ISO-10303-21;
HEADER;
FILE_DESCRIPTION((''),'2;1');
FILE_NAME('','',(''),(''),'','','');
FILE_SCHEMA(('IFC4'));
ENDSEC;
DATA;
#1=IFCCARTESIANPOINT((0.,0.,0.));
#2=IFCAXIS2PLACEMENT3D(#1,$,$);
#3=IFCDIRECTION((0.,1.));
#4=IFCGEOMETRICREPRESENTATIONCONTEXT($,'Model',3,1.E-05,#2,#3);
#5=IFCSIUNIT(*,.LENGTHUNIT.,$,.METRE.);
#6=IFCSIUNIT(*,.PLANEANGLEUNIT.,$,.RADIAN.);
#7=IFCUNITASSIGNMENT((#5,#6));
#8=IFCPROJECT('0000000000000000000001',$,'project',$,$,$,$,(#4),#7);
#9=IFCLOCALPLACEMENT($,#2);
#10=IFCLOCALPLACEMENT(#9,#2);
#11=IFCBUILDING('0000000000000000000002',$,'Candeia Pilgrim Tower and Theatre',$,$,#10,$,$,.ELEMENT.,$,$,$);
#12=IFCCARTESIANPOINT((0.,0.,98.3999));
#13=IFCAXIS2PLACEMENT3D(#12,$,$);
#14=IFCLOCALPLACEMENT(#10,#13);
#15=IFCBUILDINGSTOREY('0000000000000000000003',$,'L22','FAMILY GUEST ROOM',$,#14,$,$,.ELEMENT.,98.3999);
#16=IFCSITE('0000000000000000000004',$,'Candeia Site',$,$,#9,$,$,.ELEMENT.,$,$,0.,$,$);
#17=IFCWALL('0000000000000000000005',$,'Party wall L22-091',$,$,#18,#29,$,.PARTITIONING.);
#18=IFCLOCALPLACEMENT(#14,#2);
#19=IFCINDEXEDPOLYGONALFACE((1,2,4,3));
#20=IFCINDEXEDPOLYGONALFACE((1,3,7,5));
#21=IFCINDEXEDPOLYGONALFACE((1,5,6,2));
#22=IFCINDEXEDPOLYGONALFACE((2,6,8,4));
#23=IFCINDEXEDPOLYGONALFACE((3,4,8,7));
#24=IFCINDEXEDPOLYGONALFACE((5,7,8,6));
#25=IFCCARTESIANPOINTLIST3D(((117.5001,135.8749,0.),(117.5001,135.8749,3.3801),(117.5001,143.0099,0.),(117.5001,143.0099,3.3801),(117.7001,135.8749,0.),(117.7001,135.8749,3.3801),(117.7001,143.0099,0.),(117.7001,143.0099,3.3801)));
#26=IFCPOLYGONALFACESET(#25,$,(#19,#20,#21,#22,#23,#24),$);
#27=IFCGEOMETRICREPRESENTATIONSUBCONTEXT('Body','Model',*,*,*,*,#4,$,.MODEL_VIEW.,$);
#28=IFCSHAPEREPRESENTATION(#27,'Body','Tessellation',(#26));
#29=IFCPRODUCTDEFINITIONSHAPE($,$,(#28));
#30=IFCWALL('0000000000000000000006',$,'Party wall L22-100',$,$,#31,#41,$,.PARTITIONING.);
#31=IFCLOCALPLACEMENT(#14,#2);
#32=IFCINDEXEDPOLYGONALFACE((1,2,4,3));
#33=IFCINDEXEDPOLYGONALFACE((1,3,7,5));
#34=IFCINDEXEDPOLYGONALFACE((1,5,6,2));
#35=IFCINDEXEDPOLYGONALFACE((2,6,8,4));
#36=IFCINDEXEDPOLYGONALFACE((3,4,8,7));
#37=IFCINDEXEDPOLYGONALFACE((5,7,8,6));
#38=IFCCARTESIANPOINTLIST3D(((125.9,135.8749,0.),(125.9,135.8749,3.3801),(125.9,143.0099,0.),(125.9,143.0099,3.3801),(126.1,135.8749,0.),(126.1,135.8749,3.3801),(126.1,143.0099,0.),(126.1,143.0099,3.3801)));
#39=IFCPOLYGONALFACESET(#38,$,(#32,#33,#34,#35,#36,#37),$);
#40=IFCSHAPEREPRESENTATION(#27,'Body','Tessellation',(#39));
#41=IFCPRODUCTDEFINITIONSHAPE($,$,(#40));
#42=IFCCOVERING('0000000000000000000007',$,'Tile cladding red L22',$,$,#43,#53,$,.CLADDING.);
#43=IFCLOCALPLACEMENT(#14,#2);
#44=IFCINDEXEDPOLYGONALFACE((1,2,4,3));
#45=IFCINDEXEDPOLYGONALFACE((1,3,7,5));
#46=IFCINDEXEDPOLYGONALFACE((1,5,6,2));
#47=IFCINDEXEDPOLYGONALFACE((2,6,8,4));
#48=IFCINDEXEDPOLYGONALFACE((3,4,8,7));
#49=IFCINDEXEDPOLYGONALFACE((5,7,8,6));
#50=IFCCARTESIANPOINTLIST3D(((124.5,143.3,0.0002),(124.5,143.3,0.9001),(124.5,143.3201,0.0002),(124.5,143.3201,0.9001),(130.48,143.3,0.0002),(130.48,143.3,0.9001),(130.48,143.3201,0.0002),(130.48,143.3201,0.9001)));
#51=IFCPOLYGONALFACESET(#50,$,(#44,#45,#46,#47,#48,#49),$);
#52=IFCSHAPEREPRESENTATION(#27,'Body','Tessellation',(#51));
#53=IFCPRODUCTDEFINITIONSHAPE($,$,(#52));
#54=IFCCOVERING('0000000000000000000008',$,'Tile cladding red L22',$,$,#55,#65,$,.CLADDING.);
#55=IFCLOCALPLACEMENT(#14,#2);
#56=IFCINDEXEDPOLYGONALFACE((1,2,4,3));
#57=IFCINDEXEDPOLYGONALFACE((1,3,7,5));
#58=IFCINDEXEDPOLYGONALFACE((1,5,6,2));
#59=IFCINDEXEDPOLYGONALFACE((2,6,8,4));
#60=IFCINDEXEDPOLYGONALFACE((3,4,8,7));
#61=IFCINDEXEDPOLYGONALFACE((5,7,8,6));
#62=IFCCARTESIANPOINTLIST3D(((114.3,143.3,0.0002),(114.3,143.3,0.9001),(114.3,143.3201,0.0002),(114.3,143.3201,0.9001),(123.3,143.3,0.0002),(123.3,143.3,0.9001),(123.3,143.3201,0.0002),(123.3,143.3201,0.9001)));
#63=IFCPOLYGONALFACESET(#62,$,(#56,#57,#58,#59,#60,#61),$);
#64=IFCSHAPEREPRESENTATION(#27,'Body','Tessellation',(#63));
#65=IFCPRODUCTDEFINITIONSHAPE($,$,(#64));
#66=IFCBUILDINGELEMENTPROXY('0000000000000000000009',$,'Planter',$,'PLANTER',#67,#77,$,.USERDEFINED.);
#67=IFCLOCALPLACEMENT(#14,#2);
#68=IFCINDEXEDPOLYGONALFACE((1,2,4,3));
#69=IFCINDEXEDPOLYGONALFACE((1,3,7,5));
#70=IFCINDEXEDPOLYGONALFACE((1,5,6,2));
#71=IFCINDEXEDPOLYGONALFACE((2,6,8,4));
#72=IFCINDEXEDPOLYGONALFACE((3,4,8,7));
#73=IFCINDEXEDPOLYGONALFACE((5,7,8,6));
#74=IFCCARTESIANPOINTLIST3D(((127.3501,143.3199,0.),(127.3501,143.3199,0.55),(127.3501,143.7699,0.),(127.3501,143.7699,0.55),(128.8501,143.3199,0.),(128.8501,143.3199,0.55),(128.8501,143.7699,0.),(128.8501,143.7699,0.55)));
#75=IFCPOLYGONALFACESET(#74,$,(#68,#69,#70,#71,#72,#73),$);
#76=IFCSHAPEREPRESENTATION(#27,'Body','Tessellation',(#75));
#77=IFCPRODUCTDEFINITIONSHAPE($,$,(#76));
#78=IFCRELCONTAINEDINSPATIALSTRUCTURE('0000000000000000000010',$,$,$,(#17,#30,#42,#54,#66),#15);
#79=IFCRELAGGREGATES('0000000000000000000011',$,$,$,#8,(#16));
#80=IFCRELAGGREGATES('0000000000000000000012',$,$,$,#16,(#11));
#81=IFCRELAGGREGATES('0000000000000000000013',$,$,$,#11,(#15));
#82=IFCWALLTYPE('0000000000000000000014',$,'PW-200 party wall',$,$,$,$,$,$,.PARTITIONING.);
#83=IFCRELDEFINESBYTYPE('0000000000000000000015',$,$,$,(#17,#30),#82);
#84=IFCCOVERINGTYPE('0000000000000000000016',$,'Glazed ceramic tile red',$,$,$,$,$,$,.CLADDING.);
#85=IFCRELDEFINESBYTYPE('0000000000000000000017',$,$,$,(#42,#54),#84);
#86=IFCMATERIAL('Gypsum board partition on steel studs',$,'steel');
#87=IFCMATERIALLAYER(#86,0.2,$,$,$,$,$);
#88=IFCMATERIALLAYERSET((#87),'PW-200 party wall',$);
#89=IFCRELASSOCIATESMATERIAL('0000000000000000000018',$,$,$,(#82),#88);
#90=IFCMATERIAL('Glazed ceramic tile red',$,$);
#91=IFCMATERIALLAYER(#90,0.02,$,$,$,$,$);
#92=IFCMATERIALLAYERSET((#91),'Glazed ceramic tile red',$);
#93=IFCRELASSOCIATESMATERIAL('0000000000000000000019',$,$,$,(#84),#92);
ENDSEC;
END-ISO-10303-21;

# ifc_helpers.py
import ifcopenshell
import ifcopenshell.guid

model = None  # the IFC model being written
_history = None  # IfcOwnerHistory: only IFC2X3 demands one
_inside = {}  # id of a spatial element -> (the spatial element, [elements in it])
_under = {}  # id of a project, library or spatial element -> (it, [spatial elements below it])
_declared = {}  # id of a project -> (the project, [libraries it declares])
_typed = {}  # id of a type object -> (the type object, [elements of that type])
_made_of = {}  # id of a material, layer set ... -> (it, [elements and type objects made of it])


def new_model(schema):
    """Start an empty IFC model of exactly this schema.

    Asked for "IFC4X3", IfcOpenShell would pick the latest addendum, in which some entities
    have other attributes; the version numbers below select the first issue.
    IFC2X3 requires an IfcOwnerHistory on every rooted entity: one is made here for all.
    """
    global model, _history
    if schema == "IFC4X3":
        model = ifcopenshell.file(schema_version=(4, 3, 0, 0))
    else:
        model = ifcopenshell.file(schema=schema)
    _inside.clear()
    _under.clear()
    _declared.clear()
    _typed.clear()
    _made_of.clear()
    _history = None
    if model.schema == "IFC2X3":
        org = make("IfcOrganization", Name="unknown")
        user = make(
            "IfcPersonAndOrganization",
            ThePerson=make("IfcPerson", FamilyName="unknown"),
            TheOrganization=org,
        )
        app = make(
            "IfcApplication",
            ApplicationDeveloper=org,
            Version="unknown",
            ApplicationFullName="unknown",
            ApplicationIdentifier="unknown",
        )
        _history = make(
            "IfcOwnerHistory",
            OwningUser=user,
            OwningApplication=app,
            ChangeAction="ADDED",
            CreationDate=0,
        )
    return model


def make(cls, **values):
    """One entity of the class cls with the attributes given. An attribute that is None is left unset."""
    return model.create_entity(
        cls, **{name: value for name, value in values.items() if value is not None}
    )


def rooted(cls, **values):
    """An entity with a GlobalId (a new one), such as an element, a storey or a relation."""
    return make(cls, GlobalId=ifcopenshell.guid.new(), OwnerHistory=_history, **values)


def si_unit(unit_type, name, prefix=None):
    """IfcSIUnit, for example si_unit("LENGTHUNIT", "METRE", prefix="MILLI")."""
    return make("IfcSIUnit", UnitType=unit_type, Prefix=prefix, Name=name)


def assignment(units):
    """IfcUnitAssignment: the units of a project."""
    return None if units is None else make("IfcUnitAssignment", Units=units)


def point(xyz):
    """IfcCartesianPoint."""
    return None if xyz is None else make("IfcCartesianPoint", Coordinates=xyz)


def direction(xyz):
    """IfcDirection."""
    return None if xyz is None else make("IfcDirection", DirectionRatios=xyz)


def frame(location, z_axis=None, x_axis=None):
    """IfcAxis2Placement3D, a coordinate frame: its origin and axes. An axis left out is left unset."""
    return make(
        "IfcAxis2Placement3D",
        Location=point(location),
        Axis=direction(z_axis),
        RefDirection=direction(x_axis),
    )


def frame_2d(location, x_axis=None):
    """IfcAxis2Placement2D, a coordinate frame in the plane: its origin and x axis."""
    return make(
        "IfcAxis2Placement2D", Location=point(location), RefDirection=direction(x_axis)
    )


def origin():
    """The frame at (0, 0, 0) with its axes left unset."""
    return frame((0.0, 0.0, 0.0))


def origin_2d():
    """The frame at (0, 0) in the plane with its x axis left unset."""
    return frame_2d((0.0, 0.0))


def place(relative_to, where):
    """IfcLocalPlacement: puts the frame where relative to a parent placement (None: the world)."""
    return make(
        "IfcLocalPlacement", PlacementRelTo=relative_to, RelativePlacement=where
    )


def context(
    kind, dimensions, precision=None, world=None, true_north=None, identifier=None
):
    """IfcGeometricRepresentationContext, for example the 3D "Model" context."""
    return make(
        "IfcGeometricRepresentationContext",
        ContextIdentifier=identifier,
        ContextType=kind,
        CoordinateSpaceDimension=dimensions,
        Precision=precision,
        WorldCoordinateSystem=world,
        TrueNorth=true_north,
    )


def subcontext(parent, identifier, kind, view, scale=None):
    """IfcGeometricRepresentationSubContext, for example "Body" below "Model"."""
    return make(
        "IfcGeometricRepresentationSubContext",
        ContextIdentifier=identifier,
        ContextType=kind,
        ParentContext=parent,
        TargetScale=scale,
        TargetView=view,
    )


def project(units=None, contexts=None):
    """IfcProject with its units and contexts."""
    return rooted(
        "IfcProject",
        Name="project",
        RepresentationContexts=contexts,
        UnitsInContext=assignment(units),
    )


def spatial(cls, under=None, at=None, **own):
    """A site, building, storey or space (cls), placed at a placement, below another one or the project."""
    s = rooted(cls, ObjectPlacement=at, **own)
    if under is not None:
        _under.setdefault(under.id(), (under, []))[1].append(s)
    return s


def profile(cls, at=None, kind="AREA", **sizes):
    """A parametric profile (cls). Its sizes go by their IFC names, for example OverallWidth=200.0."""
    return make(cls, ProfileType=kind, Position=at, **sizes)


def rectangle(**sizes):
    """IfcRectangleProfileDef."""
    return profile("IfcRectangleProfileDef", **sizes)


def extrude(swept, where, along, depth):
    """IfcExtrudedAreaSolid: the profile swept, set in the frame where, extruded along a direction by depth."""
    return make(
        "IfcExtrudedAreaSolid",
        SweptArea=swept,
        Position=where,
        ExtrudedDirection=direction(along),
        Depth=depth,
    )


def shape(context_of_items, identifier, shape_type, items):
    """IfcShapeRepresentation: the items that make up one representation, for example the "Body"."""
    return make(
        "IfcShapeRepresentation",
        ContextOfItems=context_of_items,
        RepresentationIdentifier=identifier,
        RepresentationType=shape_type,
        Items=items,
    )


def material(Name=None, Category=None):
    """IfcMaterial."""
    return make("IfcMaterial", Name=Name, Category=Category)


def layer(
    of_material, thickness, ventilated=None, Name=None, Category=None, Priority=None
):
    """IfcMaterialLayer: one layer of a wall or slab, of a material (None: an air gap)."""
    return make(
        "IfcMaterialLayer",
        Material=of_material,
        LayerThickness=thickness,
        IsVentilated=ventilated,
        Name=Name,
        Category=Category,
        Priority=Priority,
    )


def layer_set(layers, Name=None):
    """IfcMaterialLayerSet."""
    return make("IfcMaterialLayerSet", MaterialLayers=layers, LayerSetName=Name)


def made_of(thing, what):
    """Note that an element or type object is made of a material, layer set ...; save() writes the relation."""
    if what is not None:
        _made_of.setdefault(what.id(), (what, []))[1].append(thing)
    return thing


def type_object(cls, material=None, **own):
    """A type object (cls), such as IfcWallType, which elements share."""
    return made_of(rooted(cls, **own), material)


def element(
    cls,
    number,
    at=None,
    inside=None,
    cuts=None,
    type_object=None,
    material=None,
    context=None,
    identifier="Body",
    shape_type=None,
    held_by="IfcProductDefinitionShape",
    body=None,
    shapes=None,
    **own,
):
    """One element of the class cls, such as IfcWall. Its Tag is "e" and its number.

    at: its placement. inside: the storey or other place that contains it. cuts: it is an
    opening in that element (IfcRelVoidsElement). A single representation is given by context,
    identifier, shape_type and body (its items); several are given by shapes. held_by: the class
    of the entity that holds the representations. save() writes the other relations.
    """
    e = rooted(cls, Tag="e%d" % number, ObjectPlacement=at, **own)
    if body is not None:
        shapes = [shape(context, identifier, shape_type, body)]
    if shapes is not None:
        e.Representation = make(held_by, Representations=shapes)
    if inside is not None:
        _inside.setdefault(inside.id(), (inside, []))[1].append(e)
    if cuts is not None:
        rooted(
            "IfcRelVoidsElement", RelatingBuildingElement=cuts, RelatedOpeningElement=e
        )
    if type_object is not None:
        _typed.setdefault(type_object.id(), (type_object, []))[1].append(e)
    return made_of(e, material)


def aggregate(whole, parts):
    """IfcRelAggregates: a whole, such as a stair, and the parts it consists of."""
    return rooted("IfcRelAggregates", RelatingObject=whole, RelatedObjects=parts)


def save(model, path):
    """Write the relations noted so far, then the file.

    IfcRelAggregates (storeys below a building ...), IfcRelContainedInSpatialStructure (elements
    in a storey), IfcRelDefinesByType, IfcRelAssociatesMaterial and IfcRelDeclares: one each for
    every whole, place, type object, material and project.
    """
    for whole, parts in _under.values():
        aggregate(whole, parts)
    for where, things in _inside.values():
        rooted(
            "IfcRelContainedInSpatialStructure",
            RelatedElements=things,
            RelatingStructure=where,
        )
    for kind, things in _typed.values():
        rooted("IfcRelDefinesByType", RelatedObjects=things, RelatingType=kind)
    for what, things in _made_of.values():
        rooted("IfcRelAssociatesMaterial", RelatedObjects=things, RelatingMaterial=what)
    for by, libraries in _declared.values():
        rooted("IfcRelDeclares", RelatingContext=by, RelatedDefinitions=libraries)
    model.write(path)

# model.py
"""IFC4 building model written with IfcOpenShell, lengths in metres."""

from ifc_helpers import new_model, si_unit, direction, frame, frame_2d, origin, origin_2d, place, context, subcontext, project, spatial, rectangle, extrude, material, layer, layer_set, type_object, element, save


model = new_model("IFC4")

# Units and contexts
model_context = context("Model", 3, precision=1e-05, world=origin(), true_north=direction((0.0, 1.0)))
body_context = subcontext(model_context, "Body", "Model", "MODEL_VIEW")
ifc_project = project(units=[si_unit("LENGTHUNIT", "METRE"), si_unit("PLANEANGLEUNIT", "RADIAN")], contexts=[model_context])

# Site, building, storey
site_placement = place(None, origin())
site = spatial("IfcSite", under=ifc_project, at=site_placement, Name="Candeia Site", CompositionType="ELEMENT", RefElevation=0.0)
building_placement = place(site_placement, origin())
building = spatial("IfcBuilding", under=site, at=building_placement, Name="Candeia Pilgrim Tower and Theatre", CompositionType="ELEMENT")
storey_placement = place(building_placement, frame((0.0, 0.0, 98.3999)))
storey = spatial("IfcBuildingStorey", under=building, at=storey_placement, Name="L22", Description="FAMILY GUEST ROOM", CompositionType="ELEMENT", Elevation=98.3999)

# Shared definitions
ifc_material_1 = material(Name="Gypsum board partition on steel studs", Category="steel")

# Walls
ifc_layer_1 = layer(ifc_material_1, 0.2)
ifc_layer_set_1 = layer_set([ifc_layer_1], Name="PW-200 party wall")
wall_type_1 = type_object("IfcWallType", Name="PW-200 party wall", PredefinedType="PARTITIONING", material=ifc_layer_set_1)
for number, where, z_axis, x_axis, name in (
    (1, (117.6001, 135.875, 0.0), (0.0, 0.0, 1.0), (0.0, 1.0, 0.0), "Party wall L22-091"),
    (2, (126.0, 135.875, 0.0), (0.0, 0.0, 1.0), (0.0, 1.0, 0.0), "Party wall L22-100"),
):
    element("IfcWall", number, at=place(storey_placement, frame(where, z_axis=z_axis, x_axis=x_axis)), inside=storey, type_object=wall_type_1, Name=name, PredefinedType="PARTITIONING", context=body_context, shape_type="SweptSolid", body=[
        extrude(rectangle(XDim=7.135, YDim=0.2, at=frame_2d((3.5674, 0.0))), origin(), (0.0, 0.0, 1.0), 3.3801),
    ])

# Coverings
ifc_material_2 = material(Name="Glazed ceramic tile red")
ifc_layer_2 = layer(ifc_material_2, 0.02)
ifc_layer_set_2 = layer_set([ifc_layer_2], Name="Glazed ceramic tile red")
covering_type = type_object("IfcCoveringType", Name="Glazed ceramic tile red", PredefinedType="CLADDING", material=ifc_layer_set_2)
covering_1_placement = place(storey_placement, frame((127.49, 143.3101, 0.0002), z_axis=(0.0, 0.0, 1.0), x_axis=(-1.0, 0.0, 0.0)))
element("IfcCovering", 3, at=covering_1_placement, inside=storey, type_object=covering_type, Name="Tile cladding red L22", PredefinedType="CLADDING", context=body_context, shape_type="SweptSolid", body=[
    extrude(rectangle(XDim=5.98, YDim=0.02, at=origin_2d()), origin(), (0.0, 0.0, 1.0), 0.8999),
])
covering_2_placement = place(storey_placement, frame((118.8, 143.3101, 0.0002), z_axis=(0.0, 0.0, 1.0), x_axis=(-1.0, 0.0, 0.0)))
element("IfcCovering", 4, at=covering_2_placement, inside=storey, type_object=covering_type, Name="Tile cladding red L22", PredefinedType="CLADDING", context=body_context, shape_type="SweptSolid", body=[
    extrude(rectangle(XDim=9.0, YDim=0.02, at=origin_2d()), origin(), (0.0, 0.0, 1.0), 0.8999),
])

# Building element proxy
proxy_placement = place(storey_placement, frame((128.1001, 143.5449, 0.0), z_axis=(0.0, 0.0, 1.0), x_axis=(-1.0, 0.0, 0.0)))
element("IfcBuildingElementProxy", 5, at=proxy_placement, inside=storey, Name="Planter", ObjectType="PLANTER", PredefinedType="USERDEFINED", context=body_context, shape_type="SweptSolid", body=[
    extrude(rectangle(XDim=1.5, YDim=0.45, at=origin_2d()), origin(), (0.0, 0.0, 1.0), 0.55),
])

save(model, "model.ifc")
